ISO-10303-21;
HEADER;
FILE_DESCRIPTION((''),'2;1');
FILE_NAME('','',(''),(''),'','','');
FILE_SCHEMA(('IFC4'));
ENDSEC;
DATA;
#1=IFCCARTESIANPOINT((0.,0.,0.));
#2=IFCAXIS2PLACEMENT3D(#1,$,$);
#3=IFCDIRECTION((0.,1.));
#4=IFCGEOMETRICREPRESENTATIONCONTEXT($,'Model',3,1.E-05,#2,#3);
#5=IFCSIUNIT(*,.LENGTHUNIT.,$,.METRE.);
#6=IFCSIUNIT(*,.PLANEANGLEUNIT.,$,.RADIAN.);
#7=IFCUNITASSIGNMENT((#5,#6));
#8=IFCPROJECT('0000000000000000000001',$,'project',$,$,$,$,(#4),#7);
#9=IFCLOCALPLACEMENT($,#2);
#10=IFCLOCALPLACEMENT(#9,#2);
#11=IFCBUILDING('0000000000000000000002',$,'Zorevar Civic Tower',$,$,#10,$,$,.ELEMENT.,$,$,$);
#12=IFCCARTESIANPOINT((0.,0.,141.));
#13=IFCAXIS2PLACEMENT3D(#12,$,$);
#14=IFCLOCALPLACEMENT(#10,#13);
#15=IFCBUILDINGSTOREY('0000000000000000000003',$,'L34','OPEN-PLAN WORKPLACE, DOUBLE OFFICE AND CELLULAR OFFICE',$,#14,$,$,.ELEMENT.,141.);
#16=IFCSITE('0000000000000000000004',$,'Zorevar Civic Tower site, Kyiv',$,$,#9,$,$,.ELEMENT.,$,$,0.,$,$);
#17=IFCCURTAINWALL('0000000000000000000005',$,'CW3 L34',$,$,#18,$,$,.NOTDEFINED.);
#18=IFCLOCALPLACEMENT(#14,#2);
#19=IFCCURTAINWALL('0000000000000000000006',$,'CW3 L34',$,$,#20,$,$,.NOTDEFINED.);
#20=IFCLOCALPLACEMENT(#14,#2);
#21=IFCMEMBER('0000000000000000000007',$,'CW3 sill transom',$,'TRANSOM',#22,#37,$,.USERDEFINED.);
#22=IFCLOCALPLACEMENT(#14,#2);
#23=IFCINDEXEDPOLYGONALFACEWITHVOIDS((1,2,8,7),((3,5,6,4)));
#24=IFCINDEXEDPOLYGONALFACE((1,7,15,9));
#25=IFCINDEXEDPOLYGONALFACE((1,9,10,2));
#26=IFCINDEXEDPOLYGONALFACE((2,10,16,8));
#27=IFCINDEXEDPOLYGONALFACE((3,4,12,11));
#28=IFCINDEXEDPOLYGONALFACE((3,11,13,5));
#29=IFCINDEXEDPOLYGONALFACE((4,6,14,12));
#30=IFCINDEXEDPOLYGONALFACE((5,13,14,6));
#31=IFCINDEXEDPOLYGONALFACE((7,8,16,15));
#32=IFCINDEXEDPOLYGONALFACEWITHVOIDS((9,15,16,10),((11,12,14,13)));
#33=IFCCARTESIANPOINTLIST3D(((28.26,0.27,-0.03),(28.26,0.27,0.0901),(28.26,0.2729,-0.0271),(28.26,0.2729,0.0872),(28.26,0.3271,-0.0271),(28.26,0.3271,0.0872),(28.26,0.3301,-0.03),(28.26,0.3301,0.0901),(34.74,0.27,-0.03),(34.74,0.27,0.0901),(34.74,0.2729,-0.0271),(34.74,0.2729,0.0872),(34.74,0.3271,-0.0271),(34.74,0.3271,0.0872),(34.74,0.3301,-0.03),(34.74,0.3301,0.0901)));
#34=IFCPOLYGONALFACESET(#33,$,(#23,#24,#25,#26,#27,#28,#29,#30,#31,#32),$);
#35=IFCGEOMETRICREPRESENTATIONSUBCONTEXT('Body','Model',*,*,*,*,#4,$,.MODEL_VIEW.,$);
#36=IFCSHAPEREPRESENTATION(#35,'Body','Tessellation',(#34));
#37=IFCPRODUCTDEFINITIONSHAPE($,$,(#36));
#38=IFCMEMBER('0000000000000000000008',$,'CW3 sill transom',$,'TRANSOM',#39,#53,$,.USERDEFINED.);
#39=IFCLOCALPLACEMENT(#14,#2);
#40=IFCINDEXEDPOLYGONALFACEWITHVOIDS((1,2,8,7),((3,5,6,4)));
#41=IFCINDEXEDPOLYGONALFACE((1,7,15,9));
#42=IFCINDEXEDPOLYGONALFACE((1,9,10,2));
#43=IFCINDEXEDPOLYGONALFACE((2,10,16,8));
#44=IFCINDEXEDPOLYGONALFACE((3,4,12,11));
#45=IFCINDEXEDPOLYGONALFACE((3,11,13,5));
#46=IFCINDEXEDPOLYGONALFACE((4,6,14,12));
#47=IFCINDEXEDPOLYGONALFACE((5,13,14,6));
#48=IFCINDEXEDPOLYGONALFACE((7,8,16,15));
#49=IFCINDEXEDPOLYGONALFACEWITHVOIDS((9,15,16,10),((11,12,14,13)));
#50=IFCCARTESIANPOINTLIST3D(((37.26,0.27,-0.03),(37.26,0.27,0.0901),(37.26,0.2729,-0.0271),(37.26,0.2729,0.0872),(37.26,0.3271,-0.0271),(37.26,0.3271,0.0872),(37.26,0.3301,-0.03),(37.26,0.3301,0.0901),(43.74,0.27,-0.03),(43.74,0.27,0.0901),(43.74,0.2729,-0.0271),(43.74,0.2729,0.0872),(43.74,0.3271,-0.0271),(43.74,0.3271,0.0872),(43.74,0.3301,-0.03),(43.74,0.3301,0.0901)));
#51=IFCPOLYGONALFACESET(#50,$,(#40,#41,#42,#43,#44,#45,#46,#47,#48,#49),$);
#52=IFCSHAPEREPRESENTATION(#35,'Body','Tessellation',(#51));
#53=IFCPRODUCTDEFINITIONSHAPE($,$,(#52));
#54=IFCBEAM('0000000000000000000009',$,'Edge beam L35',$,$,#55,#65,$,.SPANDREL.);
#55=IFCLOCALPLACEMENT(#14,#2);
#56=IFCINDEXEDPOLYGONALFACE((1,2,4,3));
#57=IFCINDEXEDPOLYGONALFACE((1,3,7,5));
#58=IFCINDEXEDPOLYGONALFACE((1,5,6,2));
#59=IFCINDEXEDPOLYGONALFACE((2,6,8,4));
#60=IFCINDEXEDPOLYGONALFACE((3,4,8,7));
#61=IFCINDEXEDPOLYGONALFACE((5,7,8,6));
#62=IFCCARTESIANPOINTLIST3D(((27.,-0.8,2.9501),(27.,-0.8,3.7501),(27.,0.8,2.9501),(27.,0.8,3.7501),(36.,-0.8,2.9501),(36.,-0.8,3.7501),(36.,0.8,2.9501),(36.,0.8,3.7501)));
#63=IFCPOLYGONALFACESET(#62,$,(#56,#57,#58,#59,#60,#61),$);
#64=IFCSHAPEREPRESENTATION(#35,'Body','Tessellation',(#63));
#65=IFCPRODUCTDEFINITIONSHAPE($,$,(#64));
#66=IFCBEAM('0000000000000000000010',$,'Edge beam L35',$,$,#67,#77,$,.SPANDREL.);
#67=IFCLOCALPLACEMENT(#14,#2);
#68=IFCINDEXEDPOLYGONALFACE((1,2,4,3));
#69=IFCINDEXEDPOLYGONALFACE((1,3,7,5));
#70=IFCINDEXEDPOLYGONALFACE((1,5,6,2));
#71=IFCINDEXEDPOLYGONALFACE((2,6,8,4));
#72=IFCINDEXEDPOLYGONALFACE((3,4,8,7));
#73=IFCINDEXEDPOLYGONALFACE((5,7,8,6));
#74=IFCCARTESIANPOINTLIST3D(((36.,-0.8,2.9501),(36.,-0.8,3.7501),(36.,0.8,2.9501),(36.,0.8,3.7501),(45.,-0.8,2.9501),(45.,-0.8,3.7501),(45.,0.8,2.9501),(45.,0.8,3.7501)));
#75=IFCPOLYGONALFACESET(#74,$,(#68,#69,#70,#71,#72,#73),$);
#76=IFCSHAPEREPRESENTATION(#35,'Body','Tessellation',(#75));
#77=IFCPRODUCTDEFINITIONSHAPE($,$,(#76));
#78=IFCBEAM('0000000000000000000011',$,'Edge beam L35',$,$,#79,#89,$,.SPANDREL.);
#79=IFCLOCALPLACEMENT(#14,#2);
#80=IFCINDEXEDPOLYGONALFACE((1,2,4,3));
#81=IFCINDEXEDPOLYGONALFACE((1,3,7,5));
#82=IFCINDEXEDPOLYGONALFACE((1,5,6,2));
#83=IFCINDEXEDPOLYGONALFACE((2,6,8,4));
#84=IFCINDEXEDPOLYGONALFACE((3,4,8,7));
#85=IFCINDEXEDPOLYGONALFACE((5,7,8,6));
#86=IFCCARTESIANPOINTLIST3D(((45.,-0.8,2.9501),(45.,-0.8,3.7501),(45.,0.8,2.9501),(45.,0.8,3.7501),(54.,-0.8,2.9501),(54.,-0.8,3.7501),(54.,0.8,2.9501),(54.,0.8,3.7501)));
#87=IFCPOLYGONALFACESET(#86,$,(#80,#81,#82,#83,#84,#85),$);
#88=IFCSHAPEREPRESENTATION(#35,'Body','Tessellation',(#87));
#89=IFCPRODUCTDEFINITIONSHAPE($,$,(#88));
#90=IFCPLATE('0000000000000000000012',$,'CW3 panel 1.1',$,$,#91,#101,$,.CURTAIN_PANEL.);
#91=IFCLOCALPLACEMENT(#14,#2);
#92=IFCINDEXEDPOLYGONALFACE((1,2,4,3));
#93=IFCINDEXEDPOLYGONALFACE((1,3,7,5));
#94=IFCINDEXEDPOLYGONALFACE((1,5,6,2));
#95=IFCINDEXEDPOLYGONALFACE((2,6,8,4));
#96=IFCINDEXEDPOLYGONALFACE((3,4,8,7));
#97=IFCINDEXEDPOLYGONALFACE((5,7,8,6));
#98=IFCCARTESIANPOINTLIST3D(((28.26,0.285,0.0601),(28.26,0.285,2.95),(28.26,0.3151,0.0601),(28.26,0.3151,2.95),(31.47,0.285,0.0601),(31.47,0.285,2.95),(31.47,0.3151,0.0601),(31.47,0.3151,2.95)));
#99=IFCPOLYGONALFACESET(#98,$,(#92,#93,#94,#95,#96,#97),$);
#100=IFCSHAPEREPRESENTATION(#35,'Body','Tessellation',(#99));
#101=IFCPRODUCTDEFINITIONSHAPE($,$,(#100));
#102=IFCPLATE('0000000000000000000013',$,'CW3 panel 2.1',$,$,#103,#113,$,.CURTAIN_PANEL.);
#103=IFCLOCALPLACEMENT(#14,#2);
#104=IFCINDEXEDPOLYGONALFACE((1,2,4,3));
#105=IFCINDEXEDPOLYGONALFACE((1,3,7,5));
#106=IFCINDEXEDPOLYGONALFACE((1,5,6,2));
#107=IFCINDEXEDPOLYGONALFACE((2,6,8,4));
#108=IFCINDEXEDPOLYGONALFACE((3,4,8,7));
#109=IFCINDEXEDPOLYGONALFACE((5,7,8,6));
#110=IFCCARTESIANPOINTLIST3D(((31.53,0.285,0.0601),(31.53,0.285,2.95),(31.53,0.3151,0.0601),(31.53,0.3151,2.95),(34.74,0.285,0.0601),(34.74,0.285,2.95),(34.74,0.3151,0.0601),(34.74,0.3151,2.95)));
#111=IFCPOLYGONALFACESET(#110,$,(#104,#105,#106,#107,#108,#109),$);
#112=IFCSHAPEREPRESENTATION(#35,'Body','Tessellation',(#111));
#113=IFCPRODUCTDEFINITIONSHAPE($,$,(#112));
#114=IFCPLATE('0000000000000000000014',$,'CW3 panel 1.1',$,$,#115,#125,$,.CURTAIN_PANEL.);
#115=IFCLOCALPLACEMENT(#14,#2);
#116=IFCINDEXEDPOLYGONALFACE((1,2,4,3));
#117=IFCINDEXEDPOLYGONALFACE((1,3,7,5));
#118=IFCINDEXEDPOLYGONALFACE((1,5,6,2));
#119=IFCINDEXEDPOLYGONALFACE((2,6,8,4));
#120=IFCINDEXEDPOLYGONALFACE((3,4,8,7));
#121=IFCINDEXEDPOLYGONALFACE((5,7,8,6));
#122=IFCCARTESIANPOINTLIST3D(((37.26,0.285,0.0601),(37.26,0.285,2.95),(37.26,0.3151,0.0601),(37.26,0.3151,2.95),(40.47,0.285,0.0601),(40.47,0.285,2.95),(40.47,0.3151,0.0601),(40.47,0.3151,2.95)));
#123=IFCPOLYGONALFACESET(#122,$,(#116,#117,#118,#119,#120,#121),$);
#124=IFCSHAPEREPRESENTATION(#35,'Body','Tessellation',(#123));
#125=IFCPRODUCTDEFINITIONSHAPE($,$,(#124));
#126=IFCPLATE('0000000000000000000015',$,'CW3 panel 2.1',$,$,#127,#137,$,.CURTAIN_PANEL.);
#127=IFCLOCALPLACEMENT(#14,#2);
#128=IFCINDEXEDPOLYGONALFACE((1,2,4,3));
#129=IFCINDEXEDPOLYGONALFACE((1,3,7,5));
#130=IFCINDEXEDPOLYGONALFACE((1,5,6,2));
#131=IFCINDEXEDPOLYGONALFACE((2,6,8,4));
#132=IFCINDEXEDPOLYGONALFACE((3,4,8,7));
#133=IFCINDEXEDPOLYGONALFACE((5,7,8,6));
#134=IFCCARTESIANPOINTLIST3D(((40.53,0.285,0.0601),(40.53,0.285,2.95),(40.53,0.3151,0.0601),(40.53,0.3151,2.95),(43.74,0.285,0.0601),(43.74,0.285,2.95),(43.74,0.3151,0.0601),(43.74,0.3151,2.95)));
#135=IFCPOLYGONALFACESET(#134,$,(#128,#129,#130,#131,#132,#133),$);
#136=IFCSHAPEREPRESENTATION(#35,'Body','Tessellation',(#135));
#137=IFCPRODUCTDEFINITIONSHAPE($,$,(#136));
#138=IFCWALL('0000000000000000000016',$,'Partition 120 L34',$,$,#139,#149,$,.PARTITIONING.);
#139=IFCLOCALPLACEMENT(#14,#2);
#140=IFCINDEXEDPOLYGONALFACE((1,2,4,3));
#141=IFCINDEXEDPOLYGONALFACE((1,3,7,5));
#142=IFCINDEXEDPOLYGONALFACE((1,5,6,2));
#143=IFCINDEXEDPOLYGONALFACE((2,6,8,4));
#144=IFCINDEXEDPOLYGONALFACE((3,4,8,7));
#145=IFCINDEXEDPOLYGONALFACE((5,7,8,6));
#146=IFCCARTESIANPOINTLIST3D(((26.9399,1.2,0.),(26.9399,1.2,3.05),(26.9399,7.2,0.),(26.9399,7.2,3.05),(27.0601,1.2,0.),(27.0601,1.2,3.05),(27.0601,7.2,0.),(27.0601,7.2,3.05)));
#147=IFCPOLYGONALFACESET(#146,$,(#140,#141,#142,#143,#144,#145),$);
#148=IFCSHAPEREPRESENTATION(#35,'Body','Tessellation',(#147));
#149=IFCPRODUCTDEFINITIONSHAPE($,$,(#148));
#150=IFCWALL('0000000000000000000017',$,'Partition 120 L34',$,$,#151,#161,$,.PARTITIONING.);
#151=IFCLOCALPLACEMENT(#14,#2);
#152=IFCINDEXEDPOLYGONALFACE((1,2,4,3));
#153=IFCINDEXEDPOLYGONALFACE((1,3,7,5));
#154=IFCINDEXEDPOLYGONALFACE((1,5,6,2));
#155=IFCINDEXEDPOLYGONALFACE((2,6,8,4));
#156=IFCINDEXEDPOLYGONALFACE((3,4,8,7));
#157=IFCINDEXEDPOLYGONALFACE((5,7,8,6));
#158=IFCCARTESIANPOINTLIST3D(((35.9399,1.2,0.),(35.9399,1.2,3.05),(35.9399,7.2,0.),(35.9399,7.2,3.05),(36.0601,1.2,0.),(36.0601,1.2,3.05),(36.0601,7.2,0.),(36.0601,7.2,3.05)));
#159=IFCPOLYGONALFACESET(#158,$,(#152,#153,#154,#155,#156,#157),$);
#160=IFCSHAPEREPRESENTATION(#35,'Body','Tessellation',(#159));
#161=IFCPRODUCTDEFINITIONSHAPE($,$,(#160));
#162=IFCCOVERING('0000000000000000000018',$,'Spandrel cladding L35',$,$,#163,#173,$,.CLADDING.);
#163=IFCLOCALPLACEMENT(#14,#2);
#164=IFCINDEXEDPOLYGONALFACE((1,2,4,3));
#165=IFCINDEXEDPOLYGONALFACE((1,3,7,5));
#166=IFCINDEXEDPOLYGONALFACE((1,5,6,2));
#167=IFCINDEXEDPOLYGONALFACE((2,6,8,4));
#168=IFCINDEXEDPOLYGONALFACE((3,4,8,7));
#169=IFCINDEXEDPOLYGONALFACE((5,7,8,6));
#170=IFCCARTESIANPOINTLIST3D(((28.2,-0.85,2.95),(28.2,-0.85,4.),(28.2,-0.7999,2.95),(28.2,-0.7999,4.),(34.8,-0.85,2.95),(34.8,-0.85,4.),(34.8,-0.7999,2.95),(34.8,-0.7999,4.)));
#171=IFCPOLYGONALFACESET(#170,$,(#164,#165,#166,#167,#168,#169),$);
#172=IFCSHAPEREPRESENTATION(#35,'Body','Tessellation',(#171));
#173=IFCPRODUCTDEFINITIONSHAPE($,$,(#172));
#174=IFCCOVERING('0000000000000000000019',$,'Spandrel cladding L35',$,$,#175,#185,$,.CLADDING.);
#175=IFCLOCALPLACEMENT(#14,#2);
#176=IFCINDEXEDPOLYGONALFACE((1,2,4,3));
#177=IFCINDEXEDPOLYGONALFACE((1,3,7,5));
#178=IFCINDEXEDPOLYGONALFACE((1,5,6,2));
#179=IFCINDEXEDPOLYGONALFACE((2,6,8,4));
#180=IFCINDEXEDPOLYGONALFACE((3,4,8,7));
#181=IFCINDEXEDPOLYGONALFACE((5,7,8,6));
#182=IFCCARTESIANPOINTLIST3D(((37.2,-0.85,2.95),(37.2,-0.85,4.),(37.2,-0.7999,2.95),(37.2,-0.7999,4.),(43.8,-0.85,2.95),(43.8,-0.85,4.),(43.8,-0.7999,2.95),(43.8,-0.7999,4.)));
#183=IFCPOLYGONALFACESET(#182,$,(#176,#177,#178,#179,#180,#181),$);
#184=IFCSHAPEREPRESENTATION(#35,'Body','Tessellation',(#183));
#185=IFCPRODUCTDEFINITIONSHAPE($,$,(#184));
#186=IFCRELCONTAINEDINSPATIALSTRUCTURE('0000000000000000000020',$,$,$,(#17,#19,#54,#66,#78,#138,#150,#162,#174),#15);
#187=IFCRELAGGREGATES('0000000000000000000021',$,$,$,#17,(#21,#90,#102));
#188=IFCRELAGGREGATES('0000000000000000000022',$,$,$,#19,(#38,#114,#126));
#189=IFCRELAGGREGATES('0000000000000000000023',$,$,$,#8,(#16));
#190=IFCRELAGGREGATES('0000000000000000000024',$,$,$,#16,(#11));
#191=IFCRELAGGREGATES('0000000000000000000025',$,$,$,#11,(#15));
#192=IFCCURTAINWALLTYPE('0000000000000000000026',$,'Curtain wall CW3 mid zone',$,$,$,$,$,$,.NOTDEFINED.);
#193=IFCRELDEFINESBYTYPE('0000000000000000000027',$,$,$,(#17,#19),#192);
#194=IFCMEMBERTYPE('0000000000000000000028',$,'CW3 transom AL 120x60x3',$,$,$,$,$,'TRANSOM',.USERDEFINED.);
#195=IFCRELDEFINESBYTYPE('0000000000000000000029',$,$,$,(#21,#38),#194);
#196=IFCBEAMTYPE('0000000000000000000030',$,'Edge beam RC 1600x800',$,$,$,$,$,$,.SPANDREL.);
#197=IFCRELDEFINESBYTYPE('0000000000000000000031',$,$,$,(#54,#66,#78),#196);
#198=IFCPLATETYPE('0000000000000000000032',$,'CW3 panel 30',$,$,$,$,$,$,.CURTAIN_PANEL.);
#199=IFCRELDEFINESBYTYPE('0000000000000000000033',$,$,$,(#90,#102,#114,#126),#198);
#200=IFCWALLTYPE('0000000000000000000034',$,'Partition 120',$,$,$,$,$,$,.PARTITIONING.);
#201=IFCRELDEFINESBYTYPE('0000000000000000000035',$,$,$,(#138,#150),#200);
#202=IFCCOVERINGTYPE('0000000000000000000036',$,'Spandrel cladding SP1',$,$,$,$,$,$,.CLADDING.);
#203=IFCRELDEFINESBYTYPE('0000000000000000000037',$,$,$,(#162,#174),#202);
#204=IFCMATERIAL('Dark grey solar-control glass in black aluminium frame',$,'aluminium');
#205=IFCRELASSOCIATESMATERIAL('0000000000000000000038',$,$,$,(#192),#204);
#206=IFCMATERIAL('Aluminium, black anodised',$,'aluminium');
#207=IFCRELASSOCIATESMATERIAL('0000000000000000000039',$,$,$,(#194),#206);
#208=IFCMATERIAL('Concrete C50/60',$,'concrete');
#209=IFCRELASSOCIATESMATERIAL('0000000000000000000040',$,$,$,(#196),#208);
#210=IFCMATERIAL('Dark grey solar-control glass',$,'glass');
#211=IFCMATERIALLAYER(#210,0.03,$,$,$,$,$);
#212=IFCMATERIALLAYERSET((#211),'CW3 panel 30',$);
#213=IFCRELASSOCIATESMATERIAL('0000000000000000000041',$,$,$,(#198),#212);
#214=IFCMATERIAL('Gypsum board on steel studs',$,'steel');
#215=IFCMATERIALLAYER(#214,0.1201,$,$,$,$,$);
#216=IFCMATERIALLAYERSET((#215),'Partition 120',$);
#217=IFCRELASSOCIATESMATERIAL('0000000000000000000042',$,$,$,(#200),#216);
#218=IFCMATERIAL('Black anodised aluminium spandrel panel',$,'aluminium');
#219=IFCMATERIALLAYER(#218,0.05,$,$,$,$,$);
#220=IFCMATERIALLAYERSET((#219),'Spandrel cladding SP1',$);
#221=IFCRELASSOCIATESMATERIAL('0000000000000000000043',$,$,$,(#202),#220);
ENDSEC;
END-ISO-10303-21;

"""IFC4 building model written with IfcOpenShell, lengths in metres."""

from ifc_helpers import new_model, si_unit, direction, frame, frame_2d, origin, origin_2d, place, context, subcontext, project, spatial, rectangle, hollow_rectangle, extrude, material, layer, layer_set, material_profile, profile_set, type_object, element, aggregate, save


model = new_model("IFC4")

# Units and contexts
model_context = context("Model", 3, precision=1e-05, world=origin(), true_north=direction((0.0, 1.0)))
body_context = subcontext(model_context, "Body", "Model", "MODEL_VIEW")
ifc_project = project(units=[si_unit("LENGTHUNIT", "METRE"), si_unit("PLANEANGLEUNIT", "RADIAN")], contexts=[model_context])

# Site, building, storey
site_placement = place(None, origin())
site = spatial("IfcSite", under=ifc_project, at=site_placement, Name="Zorevar Civic Tower site, Kyiv", CompositionType="ELEMENT", RefElevation=0.0)
building_placement = place(site_placement, origin())
building = spatial("IfcBuilding", under=site, at=building_placement, Name="Zorevar Civic Tower", CompositionType="ELEMENT")
storey_placement = place(building_placement, frame((0.0, 0.0, 141.0)))
storey = spatial("IfcBuildingStorey", under=building, at=storey_placement, Name="L34", Description="OPEN-PLAN WORKPLACE, DOUBLE OFFICE AND CELLULAR OFFICE", CompositionType="ELEMENT", Elevation=141.0)

# Shared definitions
ifc_material_1 = material(Name="Dark grey solar-control glass in black aluminium frame", Category="aluminium")
curtain_wall_type = type_object("IfcCurtainWallType", Name="Curtain wall CW3 mid zone", PredefinedType="NOTDEFINED", material=ifc_material_1)

# Curtain walls
curtain_wall_1_placement = place(storey_placement, origin())
curtain_wall_1 = element("IfcCurtainWall", 1, at=curtain_wall_1_placement, inside=storey, type_object=curtain_wall_type, Name="CW3 L34", PredefinedType="NOTDEFINED")
curtain_wall_2_placement = place(storey_placement, origin())
curtain_wall_2 = element("IfcCurtainWall", 2, at=curtain_wall_2_placement, inside=storey, type_object=curtain_wall_type, Name="CW3 L34", PredefinedType="NOTDEFINED")

# Members
ifc_material_2 = material(Name="Aluminium, black anodised", Category="aluminium")
ifc_material_profile_1 = material_profile(ifc_material_2, hollow_rectangle(XDim=0.0601, YDim=0.1201, WallThickness=0.0029, at=origin_2d()), Name="AL 120x60x3")
ifc_profile_set_1 = profile_set([ifc_material_profile_1], Name="Aluminium, black anodised")
member_type_1 = type_object("IfcMemberType", Name="CW3 transom AL 120x60x3", ElementType="TRANSOM", PredefinedType="USERDEFINED", material=ifc_profile_set_1)
member_1_placement = place(storey_placement, frame((28.26, 0.3, 0.03), z_axis=(1.0, 0.0, 0.0), x_axis=(0.0, 1.0, 0.0)))
member_1 = element("IfcMember", 3, at=member_1_placement, type_object=member_type_1, Name="CW3 sill transom", ObjectType="TRANSOM", PredefinedType="USERDEFINED", context=body_context, shape_type="SweptSolid", body=[
    extrude(hollow_rectangle(XDim=0.0601, YDim=0.1201, WallThickness=0.0029, at=origin_2d()), origin(), (0.0, 0.0, 1.0), 6.48),
])
member_2_placement = place(storey_placement, frame((37.26, 0.3, 0.03), z_axis=(1.0, 0.0, 0.0), x_axis=(0.0, 1.0, 0.0)))
member_2 = element("IfcMember", 4, at=member_2_placement, type_object=member_type_1, Name="CW3 sill transom", ObjectType="TRANSOM", PredefinedType="USERDEFINED", context=body_context, shape_type="SweptSolid", body=[
    extrude(hollow_rectangle(XDim=0.0601, YDim=0.1201, WallThickness=0.0029, at=origin_2d()), origin(), (0.0, 0.0, 1.0), 6.48),
])

# Beams
ifc_material_3 = material(Name="Concrete C50/60", Category="concrete")
ifc_material_profile_2 = material_profile(ifc_material_3, rectangle(XDim=1.6001, YDim=0.8, at=origin_2d()), Name="RC 1600x800")
ifc_profile_set_2 = profile_set([ifc_material_profile_2], Name="Concrete C50/60")
beam_type_1 = type_object("IfcBeamType", Name="Edge beam RC 1600x800", PredefinedType="SPANDREL", material=ifc_profile_set_2)
for number, where, z_axis, x_axis, name in (
    (5, (27.0, 0.0, 3.3501), (1.0, 0.0, 0.0), (0.0, 1.0, 0.0), "Edge beam L35"),
    (6, (36.0, 0.0, 3.3501), (1.0, 0.0, 0.0), (0.0, 1.0, 0.0), "Edge beam L35"),
    (7, (45.0, 0.0, 3.3501), (1.0, 0.0, 0.0), (0.0, 1.0, 0.0), "Edge beam L35"),
):
    element("IfcBeam", number, at=place(storey_placement, frame(where, z_axis=z_axis, x_axis=x_axis)), inside=storey, type_object=beam_type_1, Name=name, PredefinedType="SPANDREL", context=body_context, shape_type="SweptSolid", body=[
        extrude(rectangle(XDim=1.6001, YDim=0.8, at=origin_2d()), origin(), (0.0, 0.0, 1.0), 9.0),
    ])

# Plates
ifc_material_4 = material(Name="Dark grey solar-control glass", Category="glass")
ifc_layer_1 = layer(ifc_material_4, 0.03)
ifc_layer_set_1 = layer_set([ifc_layer_1], Name="CW3 panel 30")
plate_type = type_object("IfcPlateType", Name="CW3 panel 30", PredefinedType="CURTAIN_PANEL", material=ifc_layer_set_1)
plate_1_placement = place(storey_placement, frame((29.865, 0.3, 0.0601), z_axis=(0.0, 0.0, 1.0), x_axis=(1.0, 0.0, 0.0)))
plate_1 = element("IfcPlate", 8, at=plate_1_placement, type_object=plate_type, Name="CW3 panel 1.1", PredefinedType="CURTAIN_PANEL", context=body_context, shape_type="SweptSolid", body=[
    extrude(rectangle(XDim=3.21, YDim=0.03, at=origin_2d()), origin(), (0.0, 0.0, 1.0), 2.8899),
])
plate_2_placement = place(storey_placement, frame((33.135, 0.3, 0.0601), z_axis=(0.0, 0.0, 1.0), x_axis=(1.0, 0.0, 0.0)))
plate_2 = element("IfcPlate", 9, at=plate_2_placement, type_object=plate_type, Name="CW3 panel 2.1", PredefinedType="CURTAIN_PANEL", context=body_context, shape_type="SweptSolid", body=[
    extrude(rectangle(XDim=3.21, YDim=0.03, at=origin_2d()), origin(), (0.0, 0.0, 1.0), 2.8899),
])
aggregate(curtain_wall_1, [member_1, plate_1, plate_2])
plate_3_placement = place(storey_placement, frame((38.865, 0.3, 0.0601), z_axis=(0.0, 0.0, 1.0), x_axis=(1.0, 0.0, 0.0)))
plate_3 = element("IfcPlate", 10, at=plate_3_placement, type_object=plate_type, Name="CW3 panel 1.1", PredefinedType="CURTAIN_PANEL", context=body_context, shape_type="SweptSolid", body=[
    extrude(rectangle(XDim=3.21, YDim=0.03, at=origin_2d()), origin(), (0.0, 0.0, 1.0), 2.8899),
])
plate_4_placement = place(storey_placement, frame((42.135, 0.3, 0.0601), z_axis=(0.0, 0.0, 1.0), x_axis=(1.0, 0.0, 0.0)))
plate_4 = element("IfcPlate", 11, at=plate_4_placement, type_object=plate_type, Name="CW3 panel 2.1", PredefinedType="CURTAIN_PANEL", context=body_context, shape_type="SweptSolid", body=[
    extrude(rectangle(XDim=3.21, YDim=0.03, at=origin_2d()), origin(), (0.0, 0.0, 1.0), 2.8899),
])
aggregate(curtain_wall_2, [member_2, plate_3, plate_4])

# Walls
ifc_material_5 = material(Name="Gypsum board on steel studs", Category="steel")
ifc_layer_2 = layer(ifc_material_5, 0.1201)
ifc_layer_set_2 = layer_set([ifc_layer_2], Name="Partition 120")
wall_type = type_object("IfcWallType", Name="Partition 120", PredefinedType="PARTITIONING", material=ifc_layer_set_2)
for number, where, z_axis, x_axis, name in (
    (12, (27.0, 1.2, 0.0), (0.0, 0.0, 1.0), (0.0, 1.0, 0.0), "Partition 120 L34"),
    (13, (36.0, 1.2, 0.0), (0.0, 0.0, 1.0), (0.0, 1.0, 0.0), "Partition 120 L34"),
):
    element("IfcWall", number, at=place(storey_placement, frame(where, z_axis=z_axis, x_axis=x_axis)), inside=storey, type_object=wall_type, Name=name, PredefinedType="PARTITIONING", context=body_context, shape_type="SweptSolid", body=[
        extrude(rectangle(XDim=6.0, YDim=0.1201, at=frame_2d((3.0, 0.0))), origin(), (0.0, 0.0, 1.0), 3.05),
    ])

# Coverings
ifc_material_6 = material(Name="Black anodised aluminium spandrel panel", Category="aluminium")
ifc_layer_3 = layer(ifc_material_6, 0.05)
ifc_layer_set_3 = layer_set([ifc_layer_3], Name="Spandrel cladding SP1")
covering_type = type_object("IfcCoveringType", Name="Spandrel cladding SP1", PredefinedType="CLADDING", material=ifc_layer_set_3)
for number, where, z_axis, x_axis, name in (
    (14, (28.2, -0.825, 2.95), (0.0, 0.0, 1.0), (1.0, 0.0, 0.0), "Spandrel cladding L35"),
    (15, (37.2, -0.825, 2.95), (0.0, 0.0, 1.0), (1.0, 0.0, 0.0), "Spandrel cladding L35"),
):
    element("IfcCovering", number, at=place(storey_placement, frame(where, z_axis=z_axis, x_axis=x_axis)), inside=storey, type_object=covering_type, Name=name, PredefinedType="CLADDING", context=body_context, shape_type="SweptSolid", body=[
        extrude(rectangle(XDim=6.6001, YDim=0.05, at=frame_2d((3.3, 0.0))), origin(), (0.0, 0.0, 1.0), 1.05),
    ])

save(model, "model.ifc")
